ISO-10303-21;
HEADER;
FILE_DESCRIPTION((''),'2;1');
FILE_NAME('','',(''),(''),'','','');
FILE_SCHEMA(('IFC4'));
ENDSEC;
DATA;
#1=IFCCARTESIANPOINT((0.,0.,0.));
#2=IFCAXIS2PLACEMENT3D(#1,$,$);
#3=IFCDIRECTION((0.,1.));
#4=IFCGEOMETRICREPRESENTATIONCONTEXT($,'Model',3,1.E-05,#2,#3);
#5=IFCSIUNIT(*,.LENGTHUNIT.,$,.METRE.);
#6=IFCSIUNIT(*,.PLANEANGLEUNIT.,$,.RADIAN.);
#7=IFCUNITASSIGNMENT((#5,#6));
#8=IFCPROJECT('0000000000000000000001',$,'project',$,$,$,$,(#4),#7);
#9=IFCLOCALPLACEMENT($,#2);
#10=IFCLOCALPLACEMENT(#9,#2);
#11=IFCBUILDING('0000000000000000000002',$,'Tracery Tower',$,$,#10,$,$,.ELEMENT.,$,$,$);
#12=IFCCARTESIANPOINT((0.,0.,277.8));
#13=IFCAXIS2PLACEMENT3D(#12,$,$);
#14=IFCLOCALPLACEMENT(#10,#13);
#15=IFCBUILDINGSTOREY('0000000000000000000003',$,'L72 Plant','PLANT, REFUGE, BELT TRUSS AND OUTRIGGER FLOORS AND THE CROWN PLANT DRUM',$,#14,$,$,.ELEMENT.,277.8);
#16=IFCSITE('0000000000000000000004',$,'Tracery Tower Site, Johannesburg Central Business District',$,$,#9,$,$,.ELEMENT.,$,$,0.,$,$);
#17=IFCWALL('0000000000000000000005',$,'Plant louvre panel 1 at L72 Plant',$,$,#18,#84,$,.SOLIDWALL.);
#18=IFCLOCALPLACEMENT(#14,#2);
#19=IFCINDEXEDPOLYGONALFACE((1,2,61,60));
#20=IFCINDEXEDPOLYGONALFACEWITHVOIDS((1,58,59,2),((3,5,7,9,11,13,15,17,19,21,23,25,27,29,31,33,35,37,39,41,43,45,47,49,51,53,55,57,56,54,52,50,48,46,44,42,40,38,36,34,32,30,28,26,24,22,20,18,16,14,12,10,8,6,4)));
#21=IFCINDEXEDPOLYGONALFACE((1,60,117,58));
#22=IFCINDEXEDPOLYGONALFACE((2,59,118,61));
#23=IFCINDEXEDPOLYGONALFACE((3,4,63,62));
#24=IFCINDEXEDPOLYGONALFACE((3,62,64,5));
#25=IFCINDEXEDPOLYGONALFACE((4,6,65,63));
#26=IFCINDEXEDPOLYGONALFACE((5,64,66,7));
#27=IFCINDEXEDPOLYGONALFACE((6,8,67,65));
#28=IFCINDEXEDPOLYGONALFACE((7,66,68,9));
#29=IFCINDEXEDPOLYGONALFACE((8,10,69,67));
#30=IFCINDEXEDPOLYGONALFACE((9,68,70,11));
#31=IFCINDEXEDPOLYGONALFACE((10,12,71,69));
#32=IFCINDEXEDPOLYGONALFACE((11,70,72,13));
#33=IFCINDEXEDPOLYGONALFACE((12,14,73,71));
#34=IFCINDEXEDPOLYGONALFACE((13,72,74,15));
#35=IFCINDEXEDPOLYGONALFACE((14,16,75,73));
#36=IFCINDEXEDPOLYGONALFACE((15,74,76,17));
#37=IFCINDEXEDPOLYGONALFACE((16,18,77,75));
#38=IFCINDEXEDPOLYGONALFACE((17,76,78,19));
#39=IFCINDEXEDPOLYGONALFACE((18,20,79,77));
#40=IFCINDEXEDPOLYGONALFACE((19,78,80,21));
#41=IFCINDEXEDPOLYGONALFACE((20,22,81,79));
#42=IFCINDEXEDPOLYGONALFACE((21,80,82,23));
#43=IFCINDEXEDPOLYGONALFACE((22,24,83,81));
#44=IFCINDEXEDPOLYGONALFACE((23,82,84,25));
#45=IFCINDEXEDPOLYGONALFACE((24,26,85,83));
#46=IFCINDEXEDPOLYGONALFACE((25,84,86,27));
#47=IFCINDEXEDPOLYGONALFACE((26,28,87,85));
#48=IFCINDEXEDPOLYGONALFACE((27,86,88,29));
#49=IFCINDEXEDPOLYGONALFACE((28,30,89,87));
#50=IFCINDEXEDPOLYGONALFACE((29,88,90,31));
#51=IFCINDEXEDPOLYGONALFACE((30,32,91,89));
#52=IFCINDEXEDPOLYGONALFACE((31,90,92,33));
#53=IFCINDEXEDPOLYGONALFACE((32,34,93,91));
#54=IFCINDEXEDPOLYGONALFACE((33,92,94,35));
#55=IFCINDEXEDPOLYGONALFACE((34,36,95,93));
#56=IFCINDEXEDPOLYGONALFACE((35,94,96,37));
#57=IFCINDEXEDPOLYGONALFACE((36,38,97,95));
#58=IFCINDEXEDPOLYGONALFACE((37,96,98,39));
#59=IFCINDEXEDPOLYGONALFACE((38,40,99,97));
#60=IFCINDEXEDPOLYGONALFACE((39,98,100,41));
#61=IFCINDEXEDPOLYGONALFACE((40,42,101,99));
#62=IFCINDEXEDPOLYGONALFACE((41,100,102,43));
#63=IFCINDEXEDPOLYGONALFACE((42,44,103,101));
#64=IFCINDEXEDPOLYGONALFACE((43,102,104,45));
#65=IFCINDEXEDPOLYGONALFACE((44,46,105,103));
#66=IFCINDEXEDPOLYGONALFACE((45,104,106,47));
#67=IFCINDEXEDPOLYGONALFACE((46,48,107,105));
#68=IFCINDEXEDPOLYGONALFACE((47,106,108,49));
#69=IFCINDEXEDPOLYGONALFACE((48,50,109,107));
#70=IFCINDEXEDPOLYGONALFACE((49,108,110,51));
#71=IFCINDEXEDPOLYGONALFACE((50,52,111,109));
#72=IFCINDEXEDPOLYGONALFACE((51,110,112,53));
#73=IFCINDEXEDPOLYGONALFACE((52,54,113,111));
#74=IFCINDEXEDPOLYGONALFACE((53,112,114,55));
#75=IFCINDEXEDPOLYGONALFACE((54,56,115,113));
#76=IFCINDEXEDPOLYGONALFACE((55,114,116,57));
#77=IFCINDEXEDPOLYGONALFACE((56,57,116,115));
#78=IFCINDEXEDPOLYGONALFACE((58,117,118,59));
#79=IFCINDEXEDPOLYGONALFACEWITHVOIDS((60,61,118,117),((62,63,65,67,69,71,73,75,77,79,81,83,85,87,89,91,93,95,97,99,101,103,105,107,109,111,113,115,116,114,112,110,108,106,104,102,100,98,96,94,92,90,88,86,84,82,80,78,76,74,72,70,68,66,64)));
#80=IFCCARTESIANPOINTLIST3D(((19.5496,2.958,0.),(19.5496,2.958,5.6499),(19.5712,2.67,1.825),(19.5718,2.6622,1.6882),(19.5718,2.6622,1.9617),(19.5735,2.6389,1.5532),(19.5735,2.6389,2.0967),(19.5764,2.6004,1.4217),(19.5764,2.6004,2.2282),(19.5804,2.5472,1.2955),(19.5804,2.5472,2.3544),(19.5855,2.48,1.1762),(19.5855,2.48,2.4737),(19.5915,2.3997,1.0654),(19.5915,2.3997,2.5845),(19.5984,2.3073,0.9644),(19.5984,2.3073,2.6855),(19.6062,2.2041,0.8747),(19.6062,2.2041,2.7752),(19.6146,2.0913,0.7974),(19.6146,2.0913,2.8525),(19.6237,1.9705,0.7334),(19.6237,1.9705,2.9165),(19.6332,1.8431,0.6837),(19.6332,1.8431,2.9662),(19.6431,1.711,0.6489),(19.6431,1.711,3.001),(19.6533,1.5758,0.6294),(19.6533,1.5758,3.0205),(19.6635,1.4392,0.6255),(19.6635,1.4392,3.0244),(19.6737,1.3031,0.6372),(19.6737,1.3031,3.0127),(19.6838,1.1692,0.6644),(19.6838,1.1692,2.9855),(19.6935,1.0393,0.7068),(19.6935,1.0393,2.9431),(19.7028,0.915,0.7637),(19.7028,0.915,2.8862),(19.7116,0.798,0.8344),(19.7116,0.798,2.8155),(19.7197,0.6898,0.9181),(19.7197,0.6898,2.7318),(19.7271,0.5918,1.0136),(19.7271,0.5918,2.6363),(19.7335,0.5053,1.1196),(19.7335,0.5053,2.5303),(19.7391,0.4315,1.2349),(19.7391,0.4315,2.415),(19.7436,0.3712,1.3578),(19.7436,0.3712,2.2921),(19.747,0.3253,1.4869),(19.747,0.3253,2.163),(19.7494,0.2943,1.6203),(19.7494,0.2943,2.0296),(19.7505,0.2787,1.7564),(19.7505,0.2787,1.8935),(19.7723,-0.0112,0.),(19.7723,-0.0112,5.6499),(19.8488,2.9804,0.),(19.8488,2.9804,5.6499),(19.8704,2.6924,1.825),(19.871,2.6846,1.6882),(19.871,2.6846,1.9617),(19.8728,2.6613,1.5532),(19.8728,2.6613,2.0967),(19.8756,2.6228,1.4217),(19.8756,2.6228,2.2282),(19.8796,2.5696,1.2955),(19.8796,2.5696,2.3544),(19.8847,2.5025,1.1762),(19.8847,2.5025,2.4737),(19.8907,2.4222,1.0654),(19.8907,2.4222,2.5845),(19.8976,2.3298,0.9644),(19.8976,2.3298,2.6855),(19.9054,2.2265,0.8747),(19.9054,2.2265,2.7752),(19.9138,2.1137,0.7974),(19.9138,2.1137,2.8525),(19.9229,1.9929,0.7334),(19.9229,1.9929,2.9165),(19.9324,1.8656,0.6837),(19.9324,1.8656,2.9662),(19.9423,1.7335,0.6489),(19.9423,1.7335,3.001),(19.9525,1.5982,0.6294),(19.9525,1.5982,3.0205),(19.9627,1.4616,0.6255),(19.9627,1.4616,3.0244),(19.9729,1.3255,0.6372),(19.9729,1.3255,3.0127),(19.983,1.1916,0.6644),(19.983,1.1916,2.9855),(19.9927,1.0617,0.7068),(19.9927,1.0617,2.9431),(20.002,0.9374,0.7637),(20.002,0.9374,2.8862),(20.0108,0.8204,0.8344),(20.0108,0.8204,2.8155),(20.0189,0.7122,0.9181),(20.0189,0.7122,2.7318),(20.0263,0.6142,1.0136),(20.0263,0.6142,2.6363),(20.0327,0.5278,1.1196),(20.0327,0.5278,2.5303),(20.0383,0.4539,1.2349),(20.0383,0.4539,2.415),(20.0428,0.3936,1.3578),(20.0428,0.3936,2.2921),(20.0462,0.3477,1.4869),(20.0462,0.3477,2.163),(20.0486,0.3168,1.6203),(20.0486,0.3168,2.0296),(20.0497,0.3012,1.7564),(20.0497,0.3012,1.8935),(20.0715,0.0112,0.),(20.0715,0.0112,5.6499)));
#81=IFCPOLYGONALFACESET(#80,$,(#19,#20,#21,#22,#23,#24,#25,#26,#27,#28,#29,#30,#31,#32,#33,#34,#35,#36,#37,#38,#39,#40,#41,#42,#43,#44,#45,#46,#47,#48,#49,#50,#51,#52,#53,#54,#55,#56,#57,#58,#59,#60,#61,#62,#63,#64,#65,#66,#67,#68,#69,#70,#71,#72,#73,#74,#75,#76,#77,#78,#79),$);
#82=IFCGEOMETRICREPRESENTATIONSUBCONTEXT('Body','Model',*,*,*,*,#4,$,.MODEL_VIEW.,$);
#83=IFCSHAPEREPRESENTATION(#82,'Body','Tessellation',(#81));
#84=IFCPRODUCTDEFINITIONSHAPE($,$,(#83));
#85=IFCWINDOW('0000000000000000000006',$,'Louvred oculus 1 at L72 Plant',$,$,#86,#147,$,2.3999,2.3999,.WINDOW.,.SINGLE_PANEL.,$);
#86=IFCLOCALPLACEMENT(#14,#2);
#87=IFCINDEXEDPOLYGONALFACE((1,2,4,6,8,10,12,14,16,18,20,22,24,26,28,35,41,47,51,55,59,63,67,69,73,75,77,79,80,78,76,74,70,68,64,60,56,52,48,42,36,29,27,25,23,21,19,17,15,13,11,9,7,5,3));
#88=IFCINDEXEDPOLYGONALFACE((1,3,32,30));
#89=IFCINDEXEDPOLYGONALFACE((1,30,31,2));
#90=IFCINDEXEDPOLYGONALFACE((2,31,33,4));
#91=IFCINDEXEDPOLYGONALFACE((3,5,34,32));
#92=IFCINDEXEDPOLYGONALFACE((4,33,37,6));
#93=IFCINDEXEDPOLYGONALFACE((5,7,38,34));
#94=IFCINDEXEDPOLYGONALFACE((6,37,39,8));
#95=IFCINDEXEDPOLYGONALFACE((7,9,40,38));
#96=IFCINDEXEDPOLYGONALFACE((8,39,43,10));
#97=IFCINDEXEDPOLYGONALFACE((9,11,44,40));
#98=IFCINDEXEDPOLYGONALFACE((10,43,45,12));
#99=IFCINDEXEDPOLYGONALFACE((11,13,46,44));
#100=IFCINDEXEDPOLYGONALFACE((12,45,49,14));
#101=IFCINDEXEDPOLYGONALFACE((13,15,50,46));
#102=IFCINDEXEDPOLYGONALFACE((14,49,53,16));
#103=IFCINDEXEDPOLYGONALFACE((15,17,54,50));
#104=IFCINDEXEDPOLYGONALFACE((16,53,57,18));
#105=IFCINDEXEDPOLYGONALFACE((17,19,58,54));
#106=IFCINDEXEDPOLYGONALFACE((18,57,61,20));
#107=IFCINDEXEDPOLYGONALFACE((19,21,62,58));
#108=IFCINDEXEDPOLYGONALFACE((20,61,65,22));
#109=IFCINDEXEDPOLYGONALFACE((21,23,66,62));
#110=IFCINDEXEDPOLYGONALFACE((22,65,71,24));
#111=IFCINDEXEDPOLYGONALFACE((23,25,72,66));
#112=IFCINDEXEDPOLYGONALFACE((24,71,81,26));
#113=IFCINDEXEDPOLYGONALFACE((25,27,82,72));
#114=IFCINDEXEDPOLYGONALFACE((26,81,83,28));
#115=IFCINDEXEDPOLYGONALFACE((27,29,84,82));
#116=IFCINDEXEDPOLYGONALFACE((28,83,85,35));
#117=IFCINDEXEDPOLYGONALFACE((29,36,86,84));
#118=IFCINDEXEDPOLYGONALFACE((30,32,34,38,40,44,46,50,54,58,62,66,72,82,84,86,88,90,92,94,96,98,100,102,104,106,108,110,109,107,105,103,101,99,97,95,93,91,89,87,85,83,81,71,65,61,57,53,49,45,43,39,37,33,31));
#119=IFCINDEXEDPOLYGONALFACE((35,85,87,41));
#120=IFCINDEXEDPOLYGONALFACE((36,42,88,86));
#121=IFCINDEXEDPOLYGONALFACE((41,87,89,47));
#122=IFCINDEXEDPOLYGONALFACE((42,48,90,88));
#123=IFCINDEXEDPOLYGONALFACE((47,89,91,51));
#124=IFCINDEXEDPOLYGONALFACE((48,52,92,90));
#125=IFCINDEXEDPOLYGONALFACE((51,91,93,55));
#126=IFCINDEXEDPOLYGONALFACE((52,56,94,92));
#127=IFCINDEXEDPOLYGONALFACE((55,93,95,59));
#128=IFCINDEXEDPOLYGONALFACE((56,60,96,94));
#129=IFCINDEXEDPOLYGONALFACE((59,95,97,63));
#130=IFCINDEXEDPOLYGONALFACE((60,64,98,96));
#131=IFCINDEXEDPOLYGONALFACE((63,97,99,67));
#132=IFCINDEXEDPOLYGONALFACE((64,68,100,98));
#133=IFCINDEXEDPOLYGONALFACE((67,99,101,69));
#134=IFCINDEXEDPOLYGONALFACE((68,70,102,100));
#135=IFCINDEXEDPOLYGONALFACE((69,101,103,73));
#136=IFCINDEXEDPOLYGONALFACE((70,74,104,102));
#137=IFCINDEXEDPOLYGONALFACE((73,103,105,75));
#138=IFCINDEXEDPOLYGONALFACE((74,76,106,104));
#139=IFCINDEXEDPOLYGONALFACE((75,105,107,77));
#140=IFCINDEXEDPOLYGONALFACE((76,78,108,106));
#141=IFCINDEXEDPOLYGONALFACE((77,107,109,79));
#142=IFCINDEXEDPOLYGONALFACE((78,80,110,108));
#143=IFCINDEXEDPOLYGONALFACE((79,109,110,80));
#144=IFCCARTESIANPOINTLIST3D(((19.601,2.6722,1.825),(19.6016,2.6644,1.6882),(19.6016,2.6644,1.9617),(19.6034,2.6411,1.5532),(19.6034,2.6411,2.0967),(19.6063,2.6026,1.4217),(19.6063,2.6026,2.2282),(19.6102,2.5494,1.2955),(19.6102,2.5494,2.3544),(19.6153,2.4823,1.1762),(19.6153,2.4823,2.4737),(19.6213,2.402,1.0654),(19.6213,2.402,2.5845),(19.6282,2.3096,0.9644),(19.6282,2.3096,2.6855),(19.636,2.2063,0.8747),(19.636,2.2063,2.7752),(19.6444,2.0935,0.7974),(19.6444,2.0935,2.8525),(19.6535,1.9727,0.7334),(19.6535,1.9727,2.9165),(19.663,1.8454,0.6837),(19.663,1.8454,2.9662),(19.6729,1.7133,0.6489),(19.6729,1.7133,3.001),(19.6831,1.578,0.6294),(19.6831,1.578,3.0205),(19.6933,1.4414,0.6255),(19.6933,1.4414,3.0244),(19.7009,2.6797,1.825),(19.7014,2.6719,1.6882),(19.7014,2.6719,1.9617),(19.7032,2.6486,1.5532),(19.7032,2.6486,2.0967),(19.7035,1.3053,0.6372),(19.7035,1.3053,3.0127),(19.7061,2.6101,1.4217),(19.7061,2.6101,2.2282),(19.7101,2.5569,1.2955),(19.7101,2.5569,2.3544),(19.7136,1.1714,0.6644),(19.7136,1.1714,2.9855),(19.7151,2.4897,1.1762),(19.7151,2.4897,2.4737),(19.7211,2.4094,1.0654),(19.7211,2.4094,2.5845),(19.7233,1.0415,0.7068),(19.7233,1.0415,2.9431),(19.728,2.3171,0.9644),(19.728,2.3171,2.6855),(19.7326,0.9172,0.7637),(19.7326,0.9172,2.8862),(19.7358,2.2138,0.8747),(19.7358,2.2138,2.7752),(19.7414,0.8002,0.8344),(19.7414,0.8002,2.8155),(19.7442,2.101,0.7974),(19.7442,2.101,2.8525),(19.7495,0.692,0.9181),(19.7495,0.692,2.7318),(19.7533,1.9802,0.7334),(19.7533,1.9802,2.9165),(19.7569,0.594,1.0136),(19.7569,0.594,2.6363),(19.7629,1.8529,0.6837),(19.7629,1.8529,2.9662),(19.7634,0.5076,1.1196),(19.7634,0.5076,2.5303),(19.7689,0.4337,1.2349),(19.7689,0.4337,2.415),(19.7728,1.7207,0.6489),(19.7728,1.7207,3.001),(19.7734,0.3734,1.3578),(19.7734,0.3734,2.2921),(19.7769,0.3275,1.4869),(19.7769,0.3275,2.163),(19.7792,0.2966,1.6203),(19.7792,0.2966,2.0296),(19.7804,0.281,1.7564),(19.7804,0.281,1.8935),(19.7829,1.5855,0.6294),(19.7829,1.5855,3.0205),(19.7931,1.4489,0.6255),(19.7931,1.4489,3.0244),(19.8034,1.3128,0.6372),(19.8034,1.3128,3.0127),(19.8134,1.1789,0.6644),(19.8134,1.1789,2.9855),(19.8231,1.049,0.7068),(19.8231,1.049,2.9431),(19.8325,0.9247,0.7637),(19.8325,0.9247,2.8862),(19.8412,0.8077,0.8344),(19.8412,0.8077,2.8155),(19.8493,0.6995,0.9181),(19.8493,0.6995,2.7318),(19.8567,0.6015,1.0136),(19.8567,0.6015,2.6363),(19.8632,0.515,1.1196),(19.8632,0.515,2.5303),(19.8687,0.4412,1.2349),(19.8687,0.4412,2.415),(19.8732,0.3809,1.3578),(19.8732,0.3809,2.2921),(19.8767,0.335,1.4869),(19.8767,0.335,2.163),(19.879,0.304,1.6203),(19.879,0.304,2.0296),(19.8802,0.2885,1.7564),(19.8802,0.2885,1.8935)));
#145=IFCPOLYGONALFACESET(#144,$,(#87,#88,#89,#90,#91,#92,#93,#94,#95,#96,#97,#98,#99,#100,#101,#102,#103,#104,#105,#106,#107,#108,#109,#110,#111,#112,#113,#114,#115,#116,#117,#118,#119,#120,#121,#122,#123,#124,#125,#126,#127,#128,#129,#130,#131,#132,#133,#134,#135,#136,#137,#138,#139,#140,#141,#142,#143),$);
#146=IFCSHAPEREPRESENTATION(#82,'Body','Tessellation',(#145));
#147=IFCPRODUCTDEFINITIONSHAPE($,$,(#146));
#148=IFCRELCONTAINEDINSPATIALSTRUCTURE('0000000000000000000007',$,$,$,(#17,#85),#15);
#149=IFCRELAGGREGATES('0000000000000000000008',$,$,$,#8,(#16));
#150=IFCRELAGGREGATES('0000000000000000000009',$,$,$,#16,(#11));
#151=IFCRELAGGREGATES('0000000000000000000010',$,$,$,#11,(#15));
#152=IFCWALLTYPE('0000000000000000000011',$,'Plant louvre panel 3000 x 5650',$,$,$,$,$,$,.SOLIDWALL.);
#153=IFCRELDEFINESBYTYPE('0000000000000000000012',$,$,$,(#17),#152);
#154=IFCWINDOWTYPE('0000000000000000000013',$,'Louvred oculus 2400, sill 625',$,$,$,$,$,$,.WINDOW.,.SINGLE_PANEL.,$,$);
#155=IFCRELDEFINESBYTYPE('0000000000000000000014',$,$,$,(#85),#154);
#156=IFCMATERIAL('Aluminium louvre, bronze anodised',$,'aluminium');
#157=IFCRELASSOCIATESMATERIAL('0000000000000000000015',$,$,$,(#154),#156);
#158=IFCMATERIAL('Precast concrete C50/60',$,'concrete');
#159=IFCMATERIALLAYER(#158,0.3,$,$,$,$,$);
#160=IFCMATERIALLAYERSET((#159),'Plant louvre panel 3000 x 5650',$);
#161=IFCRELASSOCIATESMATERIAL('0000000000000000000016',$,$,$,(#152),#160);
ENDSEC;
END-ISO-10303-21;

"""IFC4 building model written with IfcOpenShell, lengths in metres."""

from ifc_helpers import new_model, si_unit, direction, frame, frame_2d, origin, origin_2d, place, context, subcontext, project, spatial, rectangle, circle, extrude, material, layer, layer_set, type_object, element, fill, save


model = new_model("IFC4")

# Units and contexts
model_context = context("Model", 3, precision=1e-05, world=origin(), true_north=direction((0.0, 1.0)))
body_context = subcontext(model_context, "Body", "Model", "MODEL_VIEW")
ifc_project = project(units=[si_unit("LENGTHUNIT", "METRE"), si_unit("PLANEANGLEUNIT", "RADIAN")], contexts=[model_context])

# Site, building, storey
site_placement = place(None, origin())
site = spatial("IfcSite", under=ifc_project, at=site_placement, Name="Tracery Tower Site, Johannesburg Central Business District", CompositionType="ELEMENT", RefElevation=0.0)
building_placement = place(site_placement, origin())
building = spatial("IfcBuilding", under=site, at=building_placement, Name="Tracery Tower", CompositionType="ELEMENT")
storey_placement = place(building_placement, frame((0.0, 0.0, 277.8)))
storey = spatial("IfcBuildingStorey", under=building, at=storey_placement, Name="L72 Plant", Description="PLANT, REFUGE, BELT TRUSS AND OUTRIGGER FLOORS AND THE CROWN PLANT DRUM", CompositionType="ELEMENT", Elevation=277.8)

# Wall, opening, window
ifc_material_1 = material(Name="Aluminium louvre, bronze anodised", Category="aluminium")
window_type = type_object("IfcWindowType", Name="Louvred oculus 2400, sill 625", PartitioningType="SINGLE_PANEL", PredefinedType="WINDOW", material=ifc_material_1)
ifc_material_2 = material(Name="Precast concrete C50/60", Category="concrete")
ifc_layer_1 = layer(ifc_material_2, 0.3)
ifc_layer_set_1 = layer_set([ifc_layer_1], Name="Plant louvre panel 3000 x 5650")
wall_type_1 = type_object("IfcWallType", Name="Plant louvre panel 3000 x 5650", PredefinedType="SOLIDWALL", material=ifc_layer_set_1)
wall_1_placement = place(storey_placement, frame((19.9219, 0.0, 0.0), z_axis=(0.0, 0.0, 1.0), x_axis=(-0.074778, 0.9972, 0.0)))
wall_1 = element("IfcWall", 1, at=wall_1_placement, inside=storey, type_object=wall_type_1, Name="Plant louvre panel 1 at L72 Plant", PredefinedType="SOLIDWALL", context=body_context, shape_type="SweptSolid", body=[
    extrude(rectangle(XDim=2.9775, YDim=0.3, at=frame_2d((1.4888, 0.0))), origin(), (0.0, 0.0, 1.0), 5.6499),
])
opening_1_placement = place(wall_1_placement, frame((1.4888, 0.0, 1.825)))
opening_1 = element("IfcOpeningElement", 2, at=opening_1_placement, cuts=wall_1, PredefinedType="OPENING", context=body_context, shape_type="SweptSolid", body=[
    extrude(circle(Radius=1.2, at=origin_2d()), frame((0.0, 0.1599, 0.0), z_axis=(0.0, -1.0, 0.0), x_axis=(1.0, 0.0, 0.0)), (0.0, 0.0, 1.0), 0.3201),
])
window_1_placement = place(opening_1_placement, origin())
window_1 = element("IfcWindow", 3, at=window_1_placement, inside=storey, type_object=window_type, Name="Louvred oculus 1 at L72 Plant", OverallHeight=2.3999, OverallWidth=2.3999, PartitioningType="SINGLE_PANEL", PredefinedType="WINDOW", context=body_context, shape_type="SweptSolid", body=[
    extrude(circle(Radius=1.2, at=origin_2d()), frame((0.0, 0.1201, 0.0), z_axis=(0.0, -1.0, 0.0), x_axis=(1.0, 0.0, 0.0)), (0.0, 0.0, 1.0), 0.1001),
])
fill(opening_1, window_1)

save(model, "model.ifc")
